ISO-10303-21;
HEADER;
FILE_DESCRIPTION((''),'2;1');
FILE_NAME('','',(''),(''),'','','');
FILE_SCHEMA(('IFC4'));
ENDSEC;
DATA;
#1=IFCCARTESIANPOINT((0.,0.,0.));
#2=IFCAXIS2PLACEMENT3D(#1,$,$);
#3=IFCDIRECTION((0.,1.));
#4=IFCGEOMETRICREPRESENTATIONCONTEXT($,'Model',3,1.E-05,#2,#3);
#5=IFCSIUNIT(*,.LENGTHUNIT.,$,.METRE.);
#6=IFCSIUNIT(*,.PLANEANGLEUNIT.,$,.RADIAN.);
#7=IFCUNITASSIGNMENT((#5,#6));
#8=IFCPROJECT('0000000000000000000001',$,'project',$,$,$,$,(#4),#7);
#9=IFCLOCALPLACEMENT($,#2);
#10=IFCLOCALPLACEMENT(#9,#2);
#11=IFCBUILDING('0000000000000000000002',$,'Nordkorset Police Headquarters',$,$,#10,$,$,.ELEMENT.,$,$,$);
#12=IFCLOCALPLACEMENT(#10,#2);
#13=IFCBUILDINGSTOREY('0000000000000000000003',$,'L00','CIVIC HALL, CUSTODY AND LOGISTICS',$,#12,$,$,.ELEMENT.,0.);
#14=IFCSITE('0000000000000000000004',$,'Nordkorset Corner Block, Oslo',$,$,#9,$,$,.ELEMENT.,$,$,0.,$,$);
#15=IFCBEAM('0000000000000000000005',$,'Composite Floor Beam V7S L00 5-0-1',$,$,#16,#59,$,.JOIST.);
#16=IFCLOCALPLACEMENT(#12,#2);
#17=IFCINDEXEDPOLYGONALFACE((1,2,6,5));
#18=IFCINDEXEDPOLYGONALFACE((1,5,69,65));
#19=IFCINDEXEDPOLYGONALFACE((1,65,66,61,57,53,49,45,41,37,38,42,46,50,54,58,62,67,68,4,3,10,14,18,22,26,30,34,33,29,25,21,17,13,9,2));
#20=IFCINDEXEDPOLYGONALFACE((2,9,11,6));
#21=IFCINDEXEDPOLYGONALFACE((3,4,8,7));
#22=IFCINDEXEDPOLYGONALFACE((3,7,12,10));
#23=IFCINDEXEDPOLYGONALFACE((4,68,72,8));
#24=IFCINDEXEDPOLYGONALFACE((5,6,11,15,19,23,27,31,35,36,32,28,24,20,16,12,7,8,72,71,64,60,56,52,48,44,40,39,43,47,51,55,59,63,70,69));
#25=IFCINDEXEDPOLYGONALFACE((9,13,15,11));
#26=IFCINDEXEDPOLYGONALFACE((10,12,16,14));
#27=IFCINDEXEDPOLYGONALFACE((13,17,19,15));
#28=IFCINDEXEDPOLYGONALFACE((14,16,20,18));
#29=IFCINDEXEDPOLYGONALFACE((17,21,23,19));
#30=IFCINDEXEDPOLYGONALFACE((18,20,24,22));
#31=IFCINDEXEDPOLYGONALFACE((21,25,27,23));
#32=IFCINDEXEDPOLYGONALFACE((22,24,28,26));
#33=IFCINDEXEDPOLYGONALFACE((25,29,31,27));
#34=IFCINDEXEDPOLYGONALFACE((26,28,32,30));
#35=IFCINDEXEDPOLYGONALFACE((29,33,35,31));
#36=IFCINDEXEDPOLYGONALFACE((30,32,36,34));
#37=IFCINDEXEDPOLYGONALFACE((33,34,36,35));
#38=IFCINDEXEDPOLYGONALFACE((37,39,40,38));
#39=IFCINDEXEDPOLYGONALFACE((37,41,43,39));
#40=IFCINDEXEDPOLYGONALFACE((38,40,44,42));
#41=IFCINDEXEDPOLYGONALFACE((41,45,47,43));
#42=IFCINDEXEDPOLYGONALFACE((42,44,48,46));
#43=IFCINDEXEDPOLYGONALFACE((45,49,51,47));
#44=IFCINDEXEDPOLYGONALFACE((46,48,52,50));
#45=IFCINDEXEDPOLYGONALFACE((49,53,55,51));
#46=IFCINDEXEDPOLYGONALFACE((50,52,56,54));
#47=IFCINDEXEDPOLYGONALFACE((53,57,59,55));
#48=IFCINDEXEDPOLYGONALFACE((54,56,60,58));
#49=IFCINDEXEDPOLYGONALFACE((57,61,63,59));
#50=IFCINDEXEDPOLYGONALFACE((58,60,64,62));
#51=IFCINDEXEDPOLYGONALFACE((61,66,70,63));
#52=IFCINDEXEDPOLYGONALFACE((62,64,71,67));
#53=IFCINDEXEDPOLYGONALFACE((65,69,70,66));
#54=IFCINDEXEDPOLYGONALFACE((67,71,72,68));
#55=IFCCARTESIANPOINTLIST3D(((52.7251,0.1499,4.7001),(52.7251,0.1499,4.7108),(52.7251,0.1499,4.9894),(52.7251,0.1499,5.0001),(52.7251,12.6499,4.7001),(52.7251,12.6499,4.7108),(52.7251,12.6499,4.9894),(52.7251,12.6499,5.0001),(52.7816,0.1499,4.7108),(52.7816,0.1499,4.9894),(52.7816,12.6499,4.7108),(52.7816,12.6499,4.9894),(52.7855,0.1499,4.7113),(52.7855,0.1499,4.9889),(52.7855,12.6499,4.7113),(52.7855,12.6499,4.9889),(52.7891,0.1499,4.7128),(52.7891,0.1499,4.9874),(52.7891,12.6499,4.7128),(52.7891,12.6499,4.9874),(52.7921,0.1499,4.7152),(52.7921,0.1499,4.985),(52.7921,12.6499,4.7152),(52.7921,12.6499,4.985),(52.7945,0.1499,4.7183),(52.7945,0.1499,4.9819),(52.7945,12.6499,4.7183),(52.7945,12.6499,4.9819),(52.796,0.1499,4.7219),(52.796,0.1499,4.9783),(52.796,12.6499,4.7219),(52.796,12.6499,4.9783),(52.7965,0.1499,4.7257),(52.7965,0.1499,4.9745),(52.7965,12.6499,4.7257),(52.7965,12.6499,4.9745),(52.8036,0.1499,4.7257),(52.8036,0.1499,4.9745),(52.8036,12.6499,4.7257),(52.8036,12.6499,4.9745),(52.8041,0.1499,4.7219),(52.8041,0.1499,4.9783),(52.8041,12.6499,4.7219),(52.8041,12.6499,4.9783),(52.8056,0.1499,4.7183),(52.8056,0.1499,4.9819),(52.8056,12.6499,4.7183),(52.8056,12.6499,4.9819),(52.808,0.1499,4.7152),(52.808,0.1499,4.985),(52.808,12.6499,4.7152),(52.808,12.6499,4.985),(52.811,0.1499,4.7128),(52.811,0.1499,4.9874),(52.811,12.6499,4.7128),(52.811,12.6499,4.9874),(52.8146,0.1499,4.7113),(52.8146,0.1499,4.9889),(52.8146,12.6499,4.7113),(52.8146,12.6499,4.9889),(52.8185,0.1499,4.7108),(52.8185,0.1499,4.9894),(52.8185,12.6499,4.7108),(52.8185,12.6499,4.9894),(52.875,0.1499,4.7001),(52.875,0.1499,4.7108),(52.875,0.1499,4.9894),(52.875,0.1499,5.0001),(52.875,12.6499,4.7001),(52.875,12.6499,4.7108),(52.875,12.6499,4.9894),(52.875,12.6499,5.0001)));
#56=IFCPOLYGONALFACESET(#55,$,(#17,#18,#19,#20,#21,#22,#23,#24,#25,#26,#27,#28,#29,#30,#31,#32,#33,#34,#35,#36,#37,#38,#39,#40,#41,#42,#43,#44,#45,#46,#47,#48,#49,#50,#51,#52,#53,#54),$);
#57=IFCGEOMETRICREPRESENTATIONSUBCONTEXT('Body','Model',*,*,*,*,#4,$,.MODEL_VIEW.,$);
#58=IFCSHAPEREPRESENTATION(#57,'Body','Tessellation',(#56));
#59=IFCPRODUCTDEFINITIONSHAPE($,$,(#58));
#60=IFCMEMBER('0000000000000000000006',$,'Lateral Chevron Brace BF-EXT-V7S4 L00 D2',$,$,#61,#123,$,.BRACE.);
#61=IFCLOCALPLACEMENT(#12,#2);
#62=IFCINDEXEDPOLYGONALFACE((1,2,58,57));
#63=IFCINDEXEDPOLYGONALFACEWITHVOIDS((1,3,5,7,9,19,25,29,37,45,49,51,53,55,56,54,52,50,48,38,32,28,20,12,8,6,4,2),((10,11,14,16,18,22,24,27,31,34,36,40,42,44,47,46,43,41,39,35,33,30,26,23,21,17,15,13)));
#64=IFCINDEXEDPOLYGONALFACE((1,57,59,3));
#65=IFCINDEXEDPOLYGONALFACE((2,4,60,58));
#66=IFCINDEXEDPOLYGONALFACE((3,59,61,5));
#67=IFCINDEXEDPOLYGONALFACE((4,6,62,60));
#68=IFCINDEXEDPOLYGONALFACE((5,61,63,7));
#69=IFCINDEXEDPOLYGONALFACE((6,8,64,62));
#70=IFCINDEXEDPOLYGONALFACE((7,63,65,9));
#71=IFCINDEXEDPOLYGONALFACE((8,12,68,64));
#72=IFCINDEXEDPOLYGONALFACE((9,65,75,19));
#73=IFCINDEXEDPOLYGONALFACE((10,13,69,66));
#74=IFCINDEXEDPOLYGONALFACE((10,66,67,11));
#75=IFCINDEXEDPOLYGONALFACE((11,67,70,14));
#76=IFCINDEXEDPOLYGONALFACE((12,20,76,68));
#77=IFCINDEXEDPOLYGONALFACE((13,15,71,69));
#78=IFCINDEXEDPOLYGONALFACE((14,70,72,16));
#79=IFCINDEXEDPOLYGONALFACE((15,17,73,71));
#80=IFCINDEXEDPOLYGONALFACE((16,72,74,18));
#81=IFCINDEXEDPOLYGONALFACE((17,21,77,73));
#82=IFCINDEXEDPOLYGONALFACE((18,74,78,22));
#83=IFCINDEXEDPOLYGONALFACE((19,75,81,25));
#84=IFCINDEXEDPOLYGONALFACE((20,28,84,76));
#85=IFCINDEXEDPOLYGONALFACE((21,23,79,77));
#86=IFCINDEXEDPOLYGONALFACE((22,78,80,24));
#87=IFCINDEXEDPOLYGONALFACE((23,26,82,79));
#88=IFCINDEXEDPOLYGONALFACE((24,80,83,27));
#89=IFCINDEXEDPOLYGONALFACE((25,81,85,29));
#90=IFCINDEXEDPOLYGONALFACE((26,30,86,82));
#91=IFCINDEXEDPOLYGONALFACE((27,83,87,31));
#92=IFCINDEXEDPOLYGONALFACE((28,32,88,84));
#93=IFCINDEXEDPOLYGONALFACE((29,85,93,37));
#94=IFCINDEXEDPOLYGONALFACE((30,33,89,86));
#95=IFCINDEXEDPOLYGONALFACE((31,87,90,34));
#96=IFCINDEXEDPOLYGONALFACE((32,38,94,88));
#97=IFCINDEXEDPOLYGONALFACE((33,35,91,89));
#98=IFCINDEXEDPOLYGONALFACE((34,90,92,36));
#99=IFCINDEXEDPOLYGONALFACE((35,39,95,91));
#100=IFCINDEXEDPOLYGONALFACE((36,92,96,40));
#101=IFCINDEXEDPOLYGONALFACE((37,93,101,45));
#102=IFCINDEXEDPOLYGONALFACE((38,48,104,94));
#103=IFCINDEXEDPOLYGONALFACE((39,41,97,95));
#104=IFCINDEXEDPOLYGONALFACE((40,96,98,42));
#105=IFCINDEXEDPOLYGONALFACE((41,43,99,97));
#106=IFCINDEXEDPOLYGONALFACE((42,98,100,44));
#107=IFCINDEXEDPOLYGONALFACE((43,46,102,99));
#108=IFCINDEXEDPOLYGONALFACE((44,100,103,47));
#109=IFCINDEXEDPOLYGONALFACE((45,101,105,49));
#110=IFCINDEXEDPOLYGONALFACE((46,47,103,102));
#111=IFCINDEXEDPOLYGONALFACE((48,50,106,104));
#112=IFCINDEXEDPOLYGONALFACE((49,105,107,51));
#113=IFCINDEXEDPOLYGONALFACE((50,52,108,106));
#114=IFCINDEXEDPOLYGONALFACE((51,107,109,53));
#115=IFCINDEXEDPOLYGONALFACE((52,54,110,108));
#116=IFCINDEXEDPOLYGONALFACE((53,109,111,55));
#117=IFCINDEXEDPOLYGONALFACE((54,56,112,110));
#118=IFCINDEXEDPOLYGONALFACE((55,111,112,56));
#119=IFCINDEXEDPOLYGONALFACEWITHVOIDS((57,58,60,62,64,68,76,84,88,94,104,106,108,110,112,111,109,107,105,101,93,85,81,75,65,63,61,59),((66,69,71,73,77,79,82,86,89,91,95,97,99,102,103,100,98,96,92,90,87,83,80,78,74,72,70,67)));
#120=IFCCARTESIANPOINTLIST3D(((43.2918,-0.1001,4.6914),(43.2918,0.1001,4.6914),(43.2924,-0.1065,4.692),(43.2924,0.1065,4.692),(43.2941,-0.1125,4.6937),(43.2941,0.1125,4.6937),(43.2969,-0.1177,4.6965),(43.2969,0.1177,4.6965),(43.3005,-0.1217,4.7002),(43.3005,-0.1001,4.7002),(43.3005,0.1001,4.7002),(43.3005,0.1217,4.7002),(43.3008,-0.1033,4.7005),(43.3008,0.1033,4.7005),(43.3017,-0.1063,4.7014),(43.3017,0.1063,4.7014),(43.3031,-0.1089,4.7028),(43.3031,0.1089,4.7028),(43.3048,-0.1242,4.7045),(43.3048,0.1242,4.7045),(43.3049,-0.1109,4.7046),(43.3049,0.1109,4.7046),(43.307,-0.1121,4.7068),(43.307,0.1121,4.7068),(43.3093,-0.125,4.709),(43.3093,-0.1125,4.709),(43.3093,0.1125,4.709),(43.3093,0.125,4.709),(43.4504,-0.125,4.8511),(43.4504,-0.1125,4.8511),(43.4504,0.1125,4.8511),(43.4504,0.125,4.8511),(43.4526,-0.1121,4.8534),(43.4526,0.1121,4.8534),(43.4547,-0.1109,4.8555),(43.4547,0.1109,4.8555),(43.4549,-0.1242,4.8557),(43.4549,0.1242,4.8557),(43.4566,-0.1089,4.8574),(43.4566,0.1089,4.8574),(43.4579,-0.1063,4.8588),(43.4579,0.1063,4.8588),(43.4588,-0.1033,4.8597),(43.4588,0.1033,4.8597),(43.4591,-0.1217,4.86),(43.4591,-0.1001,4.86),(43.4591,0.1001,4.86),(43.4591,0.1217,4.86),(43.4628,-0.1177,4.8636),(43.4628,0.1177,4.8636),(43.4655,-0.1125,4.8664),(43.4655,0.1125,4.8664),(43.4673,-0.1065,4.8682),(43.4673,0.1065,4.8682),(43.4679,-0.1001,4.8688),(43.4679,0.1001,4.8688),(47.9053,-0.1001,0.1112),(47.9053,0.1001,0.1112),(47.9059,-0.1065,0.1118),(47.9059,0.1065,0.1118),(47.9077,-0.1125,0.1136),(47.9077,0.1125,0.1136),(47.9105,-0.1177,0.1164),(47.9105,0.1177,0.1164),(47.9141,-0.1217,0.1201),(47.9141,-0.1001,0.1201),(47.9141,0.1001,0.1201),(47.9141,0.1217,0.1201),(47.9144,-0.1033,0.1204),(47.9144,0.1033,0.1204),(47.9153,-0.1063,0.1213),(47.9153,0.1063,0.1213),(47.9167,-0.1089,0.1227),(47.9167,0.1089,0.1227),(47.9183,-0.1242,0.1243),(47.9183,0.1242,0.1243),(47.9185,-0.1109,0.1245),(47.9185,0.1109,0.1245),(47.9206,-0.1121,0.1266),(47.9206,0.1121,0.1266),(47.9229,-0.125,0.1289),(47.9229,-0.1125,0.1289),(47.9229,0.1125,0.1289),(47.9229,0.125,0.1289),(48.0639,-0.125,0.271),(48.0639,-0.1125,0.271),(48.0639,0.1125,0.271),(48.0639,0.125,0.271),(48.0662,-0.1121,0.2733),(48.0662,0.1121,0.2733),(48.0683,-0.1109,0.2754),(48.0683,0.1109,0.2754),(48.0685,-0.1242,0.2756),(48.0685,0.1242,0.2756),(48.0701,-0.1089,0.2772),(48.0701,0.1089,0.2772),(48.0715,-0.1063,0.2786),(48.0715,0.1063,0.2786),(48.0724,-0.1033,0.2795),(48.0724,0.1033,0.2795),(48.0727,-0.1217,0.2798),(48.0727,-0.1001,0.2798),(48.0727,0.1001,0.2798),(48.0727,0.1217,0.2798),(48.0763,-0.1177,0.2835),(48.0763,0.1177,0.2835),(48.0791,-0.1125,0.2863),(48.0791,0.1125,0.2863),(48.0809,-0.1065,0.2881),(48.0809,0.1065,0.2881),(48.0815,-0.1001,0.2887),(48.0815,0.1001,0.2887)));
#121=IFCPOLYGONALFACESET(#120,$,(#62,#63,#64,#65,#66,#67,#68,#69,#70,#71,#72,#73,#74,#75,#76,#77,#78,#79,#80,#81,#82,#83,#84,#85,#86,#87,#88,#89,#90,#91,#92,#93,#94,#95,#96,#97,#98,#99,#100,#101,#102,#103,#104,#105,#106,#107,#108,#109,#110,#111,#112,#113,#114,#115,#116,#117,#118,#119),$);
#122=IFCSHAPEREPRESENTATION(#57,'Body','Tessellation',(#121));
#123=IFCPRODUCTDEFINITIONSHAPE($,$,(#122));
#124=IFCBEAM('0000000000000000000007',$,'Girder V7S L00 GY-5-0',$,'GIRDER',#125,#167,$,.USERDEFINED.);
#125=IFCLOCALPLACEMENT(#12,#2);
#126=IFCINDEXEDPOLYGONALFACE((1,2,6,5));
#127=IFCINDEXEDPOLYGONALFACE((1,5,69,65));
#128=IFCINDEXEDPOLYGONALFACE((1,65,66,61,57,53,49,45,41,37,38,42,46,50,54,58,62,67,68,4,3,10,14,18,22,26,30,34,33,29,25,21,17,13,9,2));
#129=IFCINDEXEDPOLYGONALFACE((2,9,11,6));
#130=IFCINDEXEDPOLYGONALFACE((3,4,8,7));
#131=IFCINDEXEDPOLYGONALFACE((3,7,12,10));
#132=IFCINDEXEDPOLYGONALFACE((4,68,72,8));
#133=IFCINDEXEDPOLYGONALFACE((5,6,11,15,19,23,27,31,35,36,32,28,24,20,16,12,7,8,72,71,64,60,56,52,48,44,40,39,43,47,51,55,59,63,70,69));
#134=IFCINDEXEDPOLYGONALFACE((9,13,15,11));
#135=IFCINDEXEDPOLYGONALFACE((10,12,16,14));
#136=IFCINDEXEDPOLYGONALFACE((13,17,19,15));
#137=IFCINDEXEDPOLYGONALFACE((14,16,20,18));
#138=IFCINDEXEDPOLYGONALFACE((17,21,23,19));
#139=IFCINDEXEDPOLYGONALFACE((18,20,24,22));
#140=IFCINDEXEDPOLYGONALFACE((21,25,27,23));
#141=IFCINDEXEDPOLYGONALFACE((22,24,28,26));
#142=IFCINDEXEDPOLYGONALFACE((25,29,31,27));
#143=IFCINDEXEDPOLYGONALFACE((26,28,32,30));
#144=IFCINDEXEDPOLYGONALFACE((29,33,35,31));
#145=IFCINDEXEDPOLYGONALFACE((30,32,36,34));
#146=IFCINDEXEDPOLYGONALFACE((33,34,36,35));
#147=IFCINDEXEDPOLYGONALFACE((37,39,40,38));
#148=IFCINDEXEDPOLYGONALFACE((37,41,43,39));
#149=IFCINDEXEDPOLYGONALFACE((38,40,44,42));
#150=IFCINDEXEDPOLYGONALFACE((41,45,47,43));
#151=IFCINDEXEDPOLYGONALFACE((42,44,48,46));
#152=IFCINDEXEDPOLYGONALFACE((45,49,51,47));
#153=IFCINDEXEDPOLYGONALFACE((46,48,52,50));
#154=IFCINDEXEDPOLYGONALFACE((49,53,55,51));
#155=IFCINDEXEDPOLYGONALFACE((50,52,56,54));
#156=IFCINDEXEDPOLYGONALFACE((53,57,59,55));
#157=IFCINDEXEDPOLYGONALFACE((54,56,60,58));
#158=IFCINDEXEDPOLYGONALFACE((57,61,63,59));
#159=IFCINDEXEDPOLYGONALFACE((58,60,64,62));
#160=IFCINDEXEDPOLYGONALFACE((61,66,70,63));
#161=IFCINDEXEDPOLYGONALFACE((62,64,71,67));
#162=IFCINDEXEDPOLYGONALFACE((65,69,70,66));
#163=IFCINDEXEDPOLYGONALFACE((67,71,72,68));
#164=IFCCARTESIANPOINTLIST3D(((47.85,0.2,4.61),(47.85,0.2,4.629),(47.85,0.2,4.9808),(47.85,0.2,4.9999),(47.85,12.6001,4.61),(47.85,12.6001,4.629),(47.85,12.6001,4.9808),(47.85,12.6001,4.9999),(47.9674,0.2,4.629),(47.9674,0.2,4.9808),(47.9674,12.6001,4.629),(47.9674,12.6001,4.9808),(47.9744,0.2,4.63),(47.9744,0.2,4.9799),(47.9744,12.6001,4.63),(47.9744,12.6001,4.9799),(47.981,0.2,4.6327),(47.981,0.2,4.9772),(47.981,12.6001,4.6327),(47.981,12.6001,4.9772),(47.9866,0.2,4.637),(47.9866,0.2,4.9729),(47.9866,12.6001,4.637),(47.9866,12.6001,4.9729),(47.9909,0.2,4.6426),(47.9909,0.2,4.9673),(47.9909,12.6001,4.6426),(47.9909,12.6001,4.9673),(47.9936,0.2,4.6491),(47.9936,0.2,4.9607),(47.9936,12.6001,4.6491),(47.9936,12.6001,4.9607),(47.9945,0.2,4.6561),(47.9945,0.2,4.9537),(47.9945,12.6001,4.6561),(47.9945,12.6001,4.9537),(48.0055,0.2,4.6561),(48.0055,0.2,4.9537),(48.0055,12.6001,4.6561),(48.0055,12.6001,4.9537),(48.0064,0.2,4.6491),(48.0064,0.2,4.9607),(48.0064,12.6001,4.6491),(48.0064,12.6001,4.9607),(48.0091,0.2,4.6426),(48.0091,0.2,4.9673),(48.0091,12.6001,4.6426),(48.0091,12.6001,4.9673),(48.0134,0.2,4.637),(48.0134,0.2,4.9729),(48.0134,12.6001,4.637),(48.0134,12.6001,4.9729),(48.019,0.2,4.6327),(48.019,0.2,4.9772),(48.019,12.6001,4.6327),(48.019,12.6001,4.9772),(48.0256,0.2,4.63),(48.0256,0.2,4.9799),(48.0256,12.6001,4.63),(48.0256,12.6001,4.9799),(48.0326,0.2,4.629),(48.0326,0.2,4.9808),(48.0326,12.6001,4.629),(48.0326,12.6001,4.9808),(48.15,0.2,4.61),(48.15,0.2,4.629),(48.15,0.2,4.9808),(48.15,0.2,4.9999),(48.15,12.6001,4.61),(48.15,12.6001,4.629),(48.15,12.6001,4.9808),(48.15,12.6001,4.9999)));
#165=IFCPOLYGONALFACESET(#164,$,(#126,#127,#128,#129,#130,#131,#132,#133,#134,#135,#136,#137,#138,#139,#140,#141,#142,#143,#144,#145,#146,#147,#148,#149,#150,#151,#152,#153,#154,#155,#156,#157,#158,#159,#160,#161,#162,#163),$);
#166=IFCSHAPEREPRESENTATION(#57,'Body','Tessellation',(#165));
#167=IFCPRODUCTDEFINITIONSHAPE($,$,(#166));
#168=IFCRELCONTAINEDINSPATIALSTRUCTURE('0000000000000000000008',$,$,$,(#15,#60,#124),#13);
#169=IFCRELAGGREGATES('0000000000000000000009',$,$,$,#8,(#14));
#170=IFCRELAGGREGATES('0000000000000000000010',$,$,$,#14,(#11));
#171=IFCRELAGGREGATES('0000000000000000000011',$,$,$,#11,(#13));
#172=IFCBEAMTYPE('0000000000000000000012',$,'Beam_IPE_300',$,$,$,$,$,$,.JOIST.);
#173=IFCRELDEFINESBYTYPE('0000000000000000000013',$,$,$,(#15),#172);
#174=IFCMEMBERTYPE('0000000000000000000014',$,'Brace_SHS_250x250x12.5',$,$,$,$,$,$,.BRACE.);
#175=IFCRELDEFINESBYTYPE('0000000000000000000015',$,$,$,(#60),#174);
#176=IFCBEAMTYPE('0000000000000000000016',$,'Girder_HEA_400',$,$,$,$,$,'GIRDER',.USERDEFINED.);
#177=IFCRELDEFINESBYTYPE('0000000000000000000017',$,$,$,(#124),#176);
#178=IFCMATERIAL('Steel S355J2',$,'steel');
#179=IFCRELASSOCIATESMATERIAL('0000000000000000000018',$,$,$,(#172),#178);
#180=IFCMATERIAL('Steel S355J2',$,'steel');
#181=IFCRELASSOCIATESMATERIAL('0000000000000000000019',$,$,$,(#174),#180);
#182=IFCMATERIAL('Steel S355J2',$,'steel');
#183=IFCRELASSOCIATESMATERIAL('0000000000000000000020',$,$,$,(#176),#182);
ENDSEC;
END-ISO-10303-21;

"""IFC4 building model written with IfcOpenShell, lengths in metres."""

from ifc_helpers import new_model, si_unit, direction, frame, origin, origin_2d, place, context, subcontext, project, spatial, hollow_rectangle, i_section, extrude, material, material_profile, profile_set, type_object, element, save


model = new_model("IFC4")

# Units and contexts
model_context = context("Model", 3, precision=1e-05, world=origin(), true_north=direction((0.0, 1.0)))
body_context = subcontext(model_context, "Body", "Model", "MODEL_VIEW")
ifc_project = project(units=[si_unit("LENGTHUNIT", "METRE"), si_unit("PLANEANGLEUNIT", "RADIAN")], contexts=[model_context])

# Site, building, storey
site_placement = place(None, origin())
site = spatial("IfcSite", under=ifc_project, at=site_placement, Name="Nordkorset Corner Block, Oslo", CompositionType="ELEMENT", RefElevation=0.0)
building_placement = place(site_placement, origin())
building = spatial("IfcBuilding", under=site, at=building_placement, Name="Nordkorset Police Headquarters", CompositionType="ELEMENT")
storey_placement = place(building_placement, origin())
storey = spatial("IfcBuildingStorey", under=building, at=storey_placement, Name="L00", Description="CIVIC HALL, CUSTODY AND LOGISTICS", CompositionType="ELEMENT", Elevation=0.0)

# Beam
ifc_material_1 = material(Name="Steel S355J2", Category="steel")
ifc_material_profile_1 = material_profile(ifc_material_1, i_section(OverallWidth=0.1499, OverallDepth=0.3, WebThickness=0.0071, FlangeThickness=0.0107, FilletRadius=0.0149, at=origin_2d()), Name="IPE 300")
ifc_profile_set_1 = profile_set([ifc_material_profile_1], Name="Steel S355J2")
beam_type_1 = type_object("IfcBeamType", Name="Beam_IPE_300", PredefinedType="JOIST", material=ifc_profile_set_1)
beam_placement = place(storey_placement, frame((52.8, 0.1499, 4.8501), z_axis=(0.0, 1.0, 0.0), x_axis=(-1.0, 0.0, 0.0)))
element("IfcBeam", 1, at=beam_placement, inside=storey, type_object=beam_type_1, Name="Composite Floor Beam V7S L00 5-0-1", PredefinedType="JOIST", context=body_context, shape_type="SweptSolid", body=[
    extrude(i_section(OverallWidth=0.1499, OverallDepth=0.3, WebThickness=0.0071, FlangeThickness=0.0107, FilletRadius=0.0149, at=origin_2d()), origin(), (0.0, 0.0, 1.0), 12.5),
])

# Member
ifc_material_2 = material(Name="Steel S355J2", Category="steel")
ifc_material_profile_2 = material_profile(ifc_material_2, hollow_rectangle(XDim=0.25, YDim=0.25, WallThickness=0.0125, InnerFilletRadius=0.0125, OuterFilletRadius=0.0249, at=origin_2d()), Name="SHS 250x250x12.5")
ifc_profile_set_2 = profile_set([ifc_material_profile_2], Name="Steel S355J2")
member_type = type_object("IfcMemberType", Name="Brace_SHS_250x250x12.5", PredefinedType="BRACE", material=ifc_profile_set_2)
member_placement = place(storey_placement, frame((47.9934, 0.0, 0.2), z_axis=(-0.709675, 0.0, 0.70453), x_axis=(0.0, -1.0, 0.0)))
element("IfcMember", 2, at=member_placement, inside=storey, type_object=member_type, Name="Lateral Chevron Brace BF-EXT-V7S4 L00 D2", PredefinedType="BRACE", context=body_context, shape_type="SweptSolid", body=[
    extrude(hollow_rectangle(XDim=0.25, YDim=0.25, WallThickness=0.0125, InnerFilletRadius=0.0125, OuterFilletRadius=0.0249, at=origin_2d()), origin(), (0.0, 0.0, 1.0), 6.501),
])

# Beam
ifc_material_3 = material(Name="Steel S355J2", Category="steel")
ifc_material_profile_3 = material_profile(ifc_material_3, i_section(OverallWidth=0.3, OverallDepth=0.3899, WebThickness=0.011, FlangeThickness=0.019, FilletRadius=0.0271, at=origin_2d()), Name="HEA 400")
ifc_profile_set_3 = profile_set([ifc_material_profile_3], Name="Steel S355J2")
beam_type_2 = type_object("IfcBeamType", Name="Girder_HEA_400", ElementType="GIRDER", PredefinedType="USERDEFINED", material=ifc_profile_set_3)
for number, where, z_axis, x_axis, name in (
    (3, (48.0, 0.2, 4.8049), (0.0, 1.0, 0.0), (-1.0, 0.0, 0.0), "Girder V7S L00 GY-5-0"),
):
    element("IfcBeam", number, at=place(storey_placement, frame(where, z_axis=z_axis, x_axis=x_axis)), inside=storey, type_object=beam_type_2, Name=name, ObjectType="GIRDER", PredefinedType="USERDEFINED", context=body_context, shape_type="SweptSolid", body=[
        extrude(i_section(OverallWidth=0.3, OverallDepth=0.3899, WebThickness=0.011, FlangeThickness=0.019, FilletRadius=0.0271, at=origin_2d()), origin(), (0.0, 0.0, 1.0), 12.4001),
    ])

save(model, "model.ifc")
